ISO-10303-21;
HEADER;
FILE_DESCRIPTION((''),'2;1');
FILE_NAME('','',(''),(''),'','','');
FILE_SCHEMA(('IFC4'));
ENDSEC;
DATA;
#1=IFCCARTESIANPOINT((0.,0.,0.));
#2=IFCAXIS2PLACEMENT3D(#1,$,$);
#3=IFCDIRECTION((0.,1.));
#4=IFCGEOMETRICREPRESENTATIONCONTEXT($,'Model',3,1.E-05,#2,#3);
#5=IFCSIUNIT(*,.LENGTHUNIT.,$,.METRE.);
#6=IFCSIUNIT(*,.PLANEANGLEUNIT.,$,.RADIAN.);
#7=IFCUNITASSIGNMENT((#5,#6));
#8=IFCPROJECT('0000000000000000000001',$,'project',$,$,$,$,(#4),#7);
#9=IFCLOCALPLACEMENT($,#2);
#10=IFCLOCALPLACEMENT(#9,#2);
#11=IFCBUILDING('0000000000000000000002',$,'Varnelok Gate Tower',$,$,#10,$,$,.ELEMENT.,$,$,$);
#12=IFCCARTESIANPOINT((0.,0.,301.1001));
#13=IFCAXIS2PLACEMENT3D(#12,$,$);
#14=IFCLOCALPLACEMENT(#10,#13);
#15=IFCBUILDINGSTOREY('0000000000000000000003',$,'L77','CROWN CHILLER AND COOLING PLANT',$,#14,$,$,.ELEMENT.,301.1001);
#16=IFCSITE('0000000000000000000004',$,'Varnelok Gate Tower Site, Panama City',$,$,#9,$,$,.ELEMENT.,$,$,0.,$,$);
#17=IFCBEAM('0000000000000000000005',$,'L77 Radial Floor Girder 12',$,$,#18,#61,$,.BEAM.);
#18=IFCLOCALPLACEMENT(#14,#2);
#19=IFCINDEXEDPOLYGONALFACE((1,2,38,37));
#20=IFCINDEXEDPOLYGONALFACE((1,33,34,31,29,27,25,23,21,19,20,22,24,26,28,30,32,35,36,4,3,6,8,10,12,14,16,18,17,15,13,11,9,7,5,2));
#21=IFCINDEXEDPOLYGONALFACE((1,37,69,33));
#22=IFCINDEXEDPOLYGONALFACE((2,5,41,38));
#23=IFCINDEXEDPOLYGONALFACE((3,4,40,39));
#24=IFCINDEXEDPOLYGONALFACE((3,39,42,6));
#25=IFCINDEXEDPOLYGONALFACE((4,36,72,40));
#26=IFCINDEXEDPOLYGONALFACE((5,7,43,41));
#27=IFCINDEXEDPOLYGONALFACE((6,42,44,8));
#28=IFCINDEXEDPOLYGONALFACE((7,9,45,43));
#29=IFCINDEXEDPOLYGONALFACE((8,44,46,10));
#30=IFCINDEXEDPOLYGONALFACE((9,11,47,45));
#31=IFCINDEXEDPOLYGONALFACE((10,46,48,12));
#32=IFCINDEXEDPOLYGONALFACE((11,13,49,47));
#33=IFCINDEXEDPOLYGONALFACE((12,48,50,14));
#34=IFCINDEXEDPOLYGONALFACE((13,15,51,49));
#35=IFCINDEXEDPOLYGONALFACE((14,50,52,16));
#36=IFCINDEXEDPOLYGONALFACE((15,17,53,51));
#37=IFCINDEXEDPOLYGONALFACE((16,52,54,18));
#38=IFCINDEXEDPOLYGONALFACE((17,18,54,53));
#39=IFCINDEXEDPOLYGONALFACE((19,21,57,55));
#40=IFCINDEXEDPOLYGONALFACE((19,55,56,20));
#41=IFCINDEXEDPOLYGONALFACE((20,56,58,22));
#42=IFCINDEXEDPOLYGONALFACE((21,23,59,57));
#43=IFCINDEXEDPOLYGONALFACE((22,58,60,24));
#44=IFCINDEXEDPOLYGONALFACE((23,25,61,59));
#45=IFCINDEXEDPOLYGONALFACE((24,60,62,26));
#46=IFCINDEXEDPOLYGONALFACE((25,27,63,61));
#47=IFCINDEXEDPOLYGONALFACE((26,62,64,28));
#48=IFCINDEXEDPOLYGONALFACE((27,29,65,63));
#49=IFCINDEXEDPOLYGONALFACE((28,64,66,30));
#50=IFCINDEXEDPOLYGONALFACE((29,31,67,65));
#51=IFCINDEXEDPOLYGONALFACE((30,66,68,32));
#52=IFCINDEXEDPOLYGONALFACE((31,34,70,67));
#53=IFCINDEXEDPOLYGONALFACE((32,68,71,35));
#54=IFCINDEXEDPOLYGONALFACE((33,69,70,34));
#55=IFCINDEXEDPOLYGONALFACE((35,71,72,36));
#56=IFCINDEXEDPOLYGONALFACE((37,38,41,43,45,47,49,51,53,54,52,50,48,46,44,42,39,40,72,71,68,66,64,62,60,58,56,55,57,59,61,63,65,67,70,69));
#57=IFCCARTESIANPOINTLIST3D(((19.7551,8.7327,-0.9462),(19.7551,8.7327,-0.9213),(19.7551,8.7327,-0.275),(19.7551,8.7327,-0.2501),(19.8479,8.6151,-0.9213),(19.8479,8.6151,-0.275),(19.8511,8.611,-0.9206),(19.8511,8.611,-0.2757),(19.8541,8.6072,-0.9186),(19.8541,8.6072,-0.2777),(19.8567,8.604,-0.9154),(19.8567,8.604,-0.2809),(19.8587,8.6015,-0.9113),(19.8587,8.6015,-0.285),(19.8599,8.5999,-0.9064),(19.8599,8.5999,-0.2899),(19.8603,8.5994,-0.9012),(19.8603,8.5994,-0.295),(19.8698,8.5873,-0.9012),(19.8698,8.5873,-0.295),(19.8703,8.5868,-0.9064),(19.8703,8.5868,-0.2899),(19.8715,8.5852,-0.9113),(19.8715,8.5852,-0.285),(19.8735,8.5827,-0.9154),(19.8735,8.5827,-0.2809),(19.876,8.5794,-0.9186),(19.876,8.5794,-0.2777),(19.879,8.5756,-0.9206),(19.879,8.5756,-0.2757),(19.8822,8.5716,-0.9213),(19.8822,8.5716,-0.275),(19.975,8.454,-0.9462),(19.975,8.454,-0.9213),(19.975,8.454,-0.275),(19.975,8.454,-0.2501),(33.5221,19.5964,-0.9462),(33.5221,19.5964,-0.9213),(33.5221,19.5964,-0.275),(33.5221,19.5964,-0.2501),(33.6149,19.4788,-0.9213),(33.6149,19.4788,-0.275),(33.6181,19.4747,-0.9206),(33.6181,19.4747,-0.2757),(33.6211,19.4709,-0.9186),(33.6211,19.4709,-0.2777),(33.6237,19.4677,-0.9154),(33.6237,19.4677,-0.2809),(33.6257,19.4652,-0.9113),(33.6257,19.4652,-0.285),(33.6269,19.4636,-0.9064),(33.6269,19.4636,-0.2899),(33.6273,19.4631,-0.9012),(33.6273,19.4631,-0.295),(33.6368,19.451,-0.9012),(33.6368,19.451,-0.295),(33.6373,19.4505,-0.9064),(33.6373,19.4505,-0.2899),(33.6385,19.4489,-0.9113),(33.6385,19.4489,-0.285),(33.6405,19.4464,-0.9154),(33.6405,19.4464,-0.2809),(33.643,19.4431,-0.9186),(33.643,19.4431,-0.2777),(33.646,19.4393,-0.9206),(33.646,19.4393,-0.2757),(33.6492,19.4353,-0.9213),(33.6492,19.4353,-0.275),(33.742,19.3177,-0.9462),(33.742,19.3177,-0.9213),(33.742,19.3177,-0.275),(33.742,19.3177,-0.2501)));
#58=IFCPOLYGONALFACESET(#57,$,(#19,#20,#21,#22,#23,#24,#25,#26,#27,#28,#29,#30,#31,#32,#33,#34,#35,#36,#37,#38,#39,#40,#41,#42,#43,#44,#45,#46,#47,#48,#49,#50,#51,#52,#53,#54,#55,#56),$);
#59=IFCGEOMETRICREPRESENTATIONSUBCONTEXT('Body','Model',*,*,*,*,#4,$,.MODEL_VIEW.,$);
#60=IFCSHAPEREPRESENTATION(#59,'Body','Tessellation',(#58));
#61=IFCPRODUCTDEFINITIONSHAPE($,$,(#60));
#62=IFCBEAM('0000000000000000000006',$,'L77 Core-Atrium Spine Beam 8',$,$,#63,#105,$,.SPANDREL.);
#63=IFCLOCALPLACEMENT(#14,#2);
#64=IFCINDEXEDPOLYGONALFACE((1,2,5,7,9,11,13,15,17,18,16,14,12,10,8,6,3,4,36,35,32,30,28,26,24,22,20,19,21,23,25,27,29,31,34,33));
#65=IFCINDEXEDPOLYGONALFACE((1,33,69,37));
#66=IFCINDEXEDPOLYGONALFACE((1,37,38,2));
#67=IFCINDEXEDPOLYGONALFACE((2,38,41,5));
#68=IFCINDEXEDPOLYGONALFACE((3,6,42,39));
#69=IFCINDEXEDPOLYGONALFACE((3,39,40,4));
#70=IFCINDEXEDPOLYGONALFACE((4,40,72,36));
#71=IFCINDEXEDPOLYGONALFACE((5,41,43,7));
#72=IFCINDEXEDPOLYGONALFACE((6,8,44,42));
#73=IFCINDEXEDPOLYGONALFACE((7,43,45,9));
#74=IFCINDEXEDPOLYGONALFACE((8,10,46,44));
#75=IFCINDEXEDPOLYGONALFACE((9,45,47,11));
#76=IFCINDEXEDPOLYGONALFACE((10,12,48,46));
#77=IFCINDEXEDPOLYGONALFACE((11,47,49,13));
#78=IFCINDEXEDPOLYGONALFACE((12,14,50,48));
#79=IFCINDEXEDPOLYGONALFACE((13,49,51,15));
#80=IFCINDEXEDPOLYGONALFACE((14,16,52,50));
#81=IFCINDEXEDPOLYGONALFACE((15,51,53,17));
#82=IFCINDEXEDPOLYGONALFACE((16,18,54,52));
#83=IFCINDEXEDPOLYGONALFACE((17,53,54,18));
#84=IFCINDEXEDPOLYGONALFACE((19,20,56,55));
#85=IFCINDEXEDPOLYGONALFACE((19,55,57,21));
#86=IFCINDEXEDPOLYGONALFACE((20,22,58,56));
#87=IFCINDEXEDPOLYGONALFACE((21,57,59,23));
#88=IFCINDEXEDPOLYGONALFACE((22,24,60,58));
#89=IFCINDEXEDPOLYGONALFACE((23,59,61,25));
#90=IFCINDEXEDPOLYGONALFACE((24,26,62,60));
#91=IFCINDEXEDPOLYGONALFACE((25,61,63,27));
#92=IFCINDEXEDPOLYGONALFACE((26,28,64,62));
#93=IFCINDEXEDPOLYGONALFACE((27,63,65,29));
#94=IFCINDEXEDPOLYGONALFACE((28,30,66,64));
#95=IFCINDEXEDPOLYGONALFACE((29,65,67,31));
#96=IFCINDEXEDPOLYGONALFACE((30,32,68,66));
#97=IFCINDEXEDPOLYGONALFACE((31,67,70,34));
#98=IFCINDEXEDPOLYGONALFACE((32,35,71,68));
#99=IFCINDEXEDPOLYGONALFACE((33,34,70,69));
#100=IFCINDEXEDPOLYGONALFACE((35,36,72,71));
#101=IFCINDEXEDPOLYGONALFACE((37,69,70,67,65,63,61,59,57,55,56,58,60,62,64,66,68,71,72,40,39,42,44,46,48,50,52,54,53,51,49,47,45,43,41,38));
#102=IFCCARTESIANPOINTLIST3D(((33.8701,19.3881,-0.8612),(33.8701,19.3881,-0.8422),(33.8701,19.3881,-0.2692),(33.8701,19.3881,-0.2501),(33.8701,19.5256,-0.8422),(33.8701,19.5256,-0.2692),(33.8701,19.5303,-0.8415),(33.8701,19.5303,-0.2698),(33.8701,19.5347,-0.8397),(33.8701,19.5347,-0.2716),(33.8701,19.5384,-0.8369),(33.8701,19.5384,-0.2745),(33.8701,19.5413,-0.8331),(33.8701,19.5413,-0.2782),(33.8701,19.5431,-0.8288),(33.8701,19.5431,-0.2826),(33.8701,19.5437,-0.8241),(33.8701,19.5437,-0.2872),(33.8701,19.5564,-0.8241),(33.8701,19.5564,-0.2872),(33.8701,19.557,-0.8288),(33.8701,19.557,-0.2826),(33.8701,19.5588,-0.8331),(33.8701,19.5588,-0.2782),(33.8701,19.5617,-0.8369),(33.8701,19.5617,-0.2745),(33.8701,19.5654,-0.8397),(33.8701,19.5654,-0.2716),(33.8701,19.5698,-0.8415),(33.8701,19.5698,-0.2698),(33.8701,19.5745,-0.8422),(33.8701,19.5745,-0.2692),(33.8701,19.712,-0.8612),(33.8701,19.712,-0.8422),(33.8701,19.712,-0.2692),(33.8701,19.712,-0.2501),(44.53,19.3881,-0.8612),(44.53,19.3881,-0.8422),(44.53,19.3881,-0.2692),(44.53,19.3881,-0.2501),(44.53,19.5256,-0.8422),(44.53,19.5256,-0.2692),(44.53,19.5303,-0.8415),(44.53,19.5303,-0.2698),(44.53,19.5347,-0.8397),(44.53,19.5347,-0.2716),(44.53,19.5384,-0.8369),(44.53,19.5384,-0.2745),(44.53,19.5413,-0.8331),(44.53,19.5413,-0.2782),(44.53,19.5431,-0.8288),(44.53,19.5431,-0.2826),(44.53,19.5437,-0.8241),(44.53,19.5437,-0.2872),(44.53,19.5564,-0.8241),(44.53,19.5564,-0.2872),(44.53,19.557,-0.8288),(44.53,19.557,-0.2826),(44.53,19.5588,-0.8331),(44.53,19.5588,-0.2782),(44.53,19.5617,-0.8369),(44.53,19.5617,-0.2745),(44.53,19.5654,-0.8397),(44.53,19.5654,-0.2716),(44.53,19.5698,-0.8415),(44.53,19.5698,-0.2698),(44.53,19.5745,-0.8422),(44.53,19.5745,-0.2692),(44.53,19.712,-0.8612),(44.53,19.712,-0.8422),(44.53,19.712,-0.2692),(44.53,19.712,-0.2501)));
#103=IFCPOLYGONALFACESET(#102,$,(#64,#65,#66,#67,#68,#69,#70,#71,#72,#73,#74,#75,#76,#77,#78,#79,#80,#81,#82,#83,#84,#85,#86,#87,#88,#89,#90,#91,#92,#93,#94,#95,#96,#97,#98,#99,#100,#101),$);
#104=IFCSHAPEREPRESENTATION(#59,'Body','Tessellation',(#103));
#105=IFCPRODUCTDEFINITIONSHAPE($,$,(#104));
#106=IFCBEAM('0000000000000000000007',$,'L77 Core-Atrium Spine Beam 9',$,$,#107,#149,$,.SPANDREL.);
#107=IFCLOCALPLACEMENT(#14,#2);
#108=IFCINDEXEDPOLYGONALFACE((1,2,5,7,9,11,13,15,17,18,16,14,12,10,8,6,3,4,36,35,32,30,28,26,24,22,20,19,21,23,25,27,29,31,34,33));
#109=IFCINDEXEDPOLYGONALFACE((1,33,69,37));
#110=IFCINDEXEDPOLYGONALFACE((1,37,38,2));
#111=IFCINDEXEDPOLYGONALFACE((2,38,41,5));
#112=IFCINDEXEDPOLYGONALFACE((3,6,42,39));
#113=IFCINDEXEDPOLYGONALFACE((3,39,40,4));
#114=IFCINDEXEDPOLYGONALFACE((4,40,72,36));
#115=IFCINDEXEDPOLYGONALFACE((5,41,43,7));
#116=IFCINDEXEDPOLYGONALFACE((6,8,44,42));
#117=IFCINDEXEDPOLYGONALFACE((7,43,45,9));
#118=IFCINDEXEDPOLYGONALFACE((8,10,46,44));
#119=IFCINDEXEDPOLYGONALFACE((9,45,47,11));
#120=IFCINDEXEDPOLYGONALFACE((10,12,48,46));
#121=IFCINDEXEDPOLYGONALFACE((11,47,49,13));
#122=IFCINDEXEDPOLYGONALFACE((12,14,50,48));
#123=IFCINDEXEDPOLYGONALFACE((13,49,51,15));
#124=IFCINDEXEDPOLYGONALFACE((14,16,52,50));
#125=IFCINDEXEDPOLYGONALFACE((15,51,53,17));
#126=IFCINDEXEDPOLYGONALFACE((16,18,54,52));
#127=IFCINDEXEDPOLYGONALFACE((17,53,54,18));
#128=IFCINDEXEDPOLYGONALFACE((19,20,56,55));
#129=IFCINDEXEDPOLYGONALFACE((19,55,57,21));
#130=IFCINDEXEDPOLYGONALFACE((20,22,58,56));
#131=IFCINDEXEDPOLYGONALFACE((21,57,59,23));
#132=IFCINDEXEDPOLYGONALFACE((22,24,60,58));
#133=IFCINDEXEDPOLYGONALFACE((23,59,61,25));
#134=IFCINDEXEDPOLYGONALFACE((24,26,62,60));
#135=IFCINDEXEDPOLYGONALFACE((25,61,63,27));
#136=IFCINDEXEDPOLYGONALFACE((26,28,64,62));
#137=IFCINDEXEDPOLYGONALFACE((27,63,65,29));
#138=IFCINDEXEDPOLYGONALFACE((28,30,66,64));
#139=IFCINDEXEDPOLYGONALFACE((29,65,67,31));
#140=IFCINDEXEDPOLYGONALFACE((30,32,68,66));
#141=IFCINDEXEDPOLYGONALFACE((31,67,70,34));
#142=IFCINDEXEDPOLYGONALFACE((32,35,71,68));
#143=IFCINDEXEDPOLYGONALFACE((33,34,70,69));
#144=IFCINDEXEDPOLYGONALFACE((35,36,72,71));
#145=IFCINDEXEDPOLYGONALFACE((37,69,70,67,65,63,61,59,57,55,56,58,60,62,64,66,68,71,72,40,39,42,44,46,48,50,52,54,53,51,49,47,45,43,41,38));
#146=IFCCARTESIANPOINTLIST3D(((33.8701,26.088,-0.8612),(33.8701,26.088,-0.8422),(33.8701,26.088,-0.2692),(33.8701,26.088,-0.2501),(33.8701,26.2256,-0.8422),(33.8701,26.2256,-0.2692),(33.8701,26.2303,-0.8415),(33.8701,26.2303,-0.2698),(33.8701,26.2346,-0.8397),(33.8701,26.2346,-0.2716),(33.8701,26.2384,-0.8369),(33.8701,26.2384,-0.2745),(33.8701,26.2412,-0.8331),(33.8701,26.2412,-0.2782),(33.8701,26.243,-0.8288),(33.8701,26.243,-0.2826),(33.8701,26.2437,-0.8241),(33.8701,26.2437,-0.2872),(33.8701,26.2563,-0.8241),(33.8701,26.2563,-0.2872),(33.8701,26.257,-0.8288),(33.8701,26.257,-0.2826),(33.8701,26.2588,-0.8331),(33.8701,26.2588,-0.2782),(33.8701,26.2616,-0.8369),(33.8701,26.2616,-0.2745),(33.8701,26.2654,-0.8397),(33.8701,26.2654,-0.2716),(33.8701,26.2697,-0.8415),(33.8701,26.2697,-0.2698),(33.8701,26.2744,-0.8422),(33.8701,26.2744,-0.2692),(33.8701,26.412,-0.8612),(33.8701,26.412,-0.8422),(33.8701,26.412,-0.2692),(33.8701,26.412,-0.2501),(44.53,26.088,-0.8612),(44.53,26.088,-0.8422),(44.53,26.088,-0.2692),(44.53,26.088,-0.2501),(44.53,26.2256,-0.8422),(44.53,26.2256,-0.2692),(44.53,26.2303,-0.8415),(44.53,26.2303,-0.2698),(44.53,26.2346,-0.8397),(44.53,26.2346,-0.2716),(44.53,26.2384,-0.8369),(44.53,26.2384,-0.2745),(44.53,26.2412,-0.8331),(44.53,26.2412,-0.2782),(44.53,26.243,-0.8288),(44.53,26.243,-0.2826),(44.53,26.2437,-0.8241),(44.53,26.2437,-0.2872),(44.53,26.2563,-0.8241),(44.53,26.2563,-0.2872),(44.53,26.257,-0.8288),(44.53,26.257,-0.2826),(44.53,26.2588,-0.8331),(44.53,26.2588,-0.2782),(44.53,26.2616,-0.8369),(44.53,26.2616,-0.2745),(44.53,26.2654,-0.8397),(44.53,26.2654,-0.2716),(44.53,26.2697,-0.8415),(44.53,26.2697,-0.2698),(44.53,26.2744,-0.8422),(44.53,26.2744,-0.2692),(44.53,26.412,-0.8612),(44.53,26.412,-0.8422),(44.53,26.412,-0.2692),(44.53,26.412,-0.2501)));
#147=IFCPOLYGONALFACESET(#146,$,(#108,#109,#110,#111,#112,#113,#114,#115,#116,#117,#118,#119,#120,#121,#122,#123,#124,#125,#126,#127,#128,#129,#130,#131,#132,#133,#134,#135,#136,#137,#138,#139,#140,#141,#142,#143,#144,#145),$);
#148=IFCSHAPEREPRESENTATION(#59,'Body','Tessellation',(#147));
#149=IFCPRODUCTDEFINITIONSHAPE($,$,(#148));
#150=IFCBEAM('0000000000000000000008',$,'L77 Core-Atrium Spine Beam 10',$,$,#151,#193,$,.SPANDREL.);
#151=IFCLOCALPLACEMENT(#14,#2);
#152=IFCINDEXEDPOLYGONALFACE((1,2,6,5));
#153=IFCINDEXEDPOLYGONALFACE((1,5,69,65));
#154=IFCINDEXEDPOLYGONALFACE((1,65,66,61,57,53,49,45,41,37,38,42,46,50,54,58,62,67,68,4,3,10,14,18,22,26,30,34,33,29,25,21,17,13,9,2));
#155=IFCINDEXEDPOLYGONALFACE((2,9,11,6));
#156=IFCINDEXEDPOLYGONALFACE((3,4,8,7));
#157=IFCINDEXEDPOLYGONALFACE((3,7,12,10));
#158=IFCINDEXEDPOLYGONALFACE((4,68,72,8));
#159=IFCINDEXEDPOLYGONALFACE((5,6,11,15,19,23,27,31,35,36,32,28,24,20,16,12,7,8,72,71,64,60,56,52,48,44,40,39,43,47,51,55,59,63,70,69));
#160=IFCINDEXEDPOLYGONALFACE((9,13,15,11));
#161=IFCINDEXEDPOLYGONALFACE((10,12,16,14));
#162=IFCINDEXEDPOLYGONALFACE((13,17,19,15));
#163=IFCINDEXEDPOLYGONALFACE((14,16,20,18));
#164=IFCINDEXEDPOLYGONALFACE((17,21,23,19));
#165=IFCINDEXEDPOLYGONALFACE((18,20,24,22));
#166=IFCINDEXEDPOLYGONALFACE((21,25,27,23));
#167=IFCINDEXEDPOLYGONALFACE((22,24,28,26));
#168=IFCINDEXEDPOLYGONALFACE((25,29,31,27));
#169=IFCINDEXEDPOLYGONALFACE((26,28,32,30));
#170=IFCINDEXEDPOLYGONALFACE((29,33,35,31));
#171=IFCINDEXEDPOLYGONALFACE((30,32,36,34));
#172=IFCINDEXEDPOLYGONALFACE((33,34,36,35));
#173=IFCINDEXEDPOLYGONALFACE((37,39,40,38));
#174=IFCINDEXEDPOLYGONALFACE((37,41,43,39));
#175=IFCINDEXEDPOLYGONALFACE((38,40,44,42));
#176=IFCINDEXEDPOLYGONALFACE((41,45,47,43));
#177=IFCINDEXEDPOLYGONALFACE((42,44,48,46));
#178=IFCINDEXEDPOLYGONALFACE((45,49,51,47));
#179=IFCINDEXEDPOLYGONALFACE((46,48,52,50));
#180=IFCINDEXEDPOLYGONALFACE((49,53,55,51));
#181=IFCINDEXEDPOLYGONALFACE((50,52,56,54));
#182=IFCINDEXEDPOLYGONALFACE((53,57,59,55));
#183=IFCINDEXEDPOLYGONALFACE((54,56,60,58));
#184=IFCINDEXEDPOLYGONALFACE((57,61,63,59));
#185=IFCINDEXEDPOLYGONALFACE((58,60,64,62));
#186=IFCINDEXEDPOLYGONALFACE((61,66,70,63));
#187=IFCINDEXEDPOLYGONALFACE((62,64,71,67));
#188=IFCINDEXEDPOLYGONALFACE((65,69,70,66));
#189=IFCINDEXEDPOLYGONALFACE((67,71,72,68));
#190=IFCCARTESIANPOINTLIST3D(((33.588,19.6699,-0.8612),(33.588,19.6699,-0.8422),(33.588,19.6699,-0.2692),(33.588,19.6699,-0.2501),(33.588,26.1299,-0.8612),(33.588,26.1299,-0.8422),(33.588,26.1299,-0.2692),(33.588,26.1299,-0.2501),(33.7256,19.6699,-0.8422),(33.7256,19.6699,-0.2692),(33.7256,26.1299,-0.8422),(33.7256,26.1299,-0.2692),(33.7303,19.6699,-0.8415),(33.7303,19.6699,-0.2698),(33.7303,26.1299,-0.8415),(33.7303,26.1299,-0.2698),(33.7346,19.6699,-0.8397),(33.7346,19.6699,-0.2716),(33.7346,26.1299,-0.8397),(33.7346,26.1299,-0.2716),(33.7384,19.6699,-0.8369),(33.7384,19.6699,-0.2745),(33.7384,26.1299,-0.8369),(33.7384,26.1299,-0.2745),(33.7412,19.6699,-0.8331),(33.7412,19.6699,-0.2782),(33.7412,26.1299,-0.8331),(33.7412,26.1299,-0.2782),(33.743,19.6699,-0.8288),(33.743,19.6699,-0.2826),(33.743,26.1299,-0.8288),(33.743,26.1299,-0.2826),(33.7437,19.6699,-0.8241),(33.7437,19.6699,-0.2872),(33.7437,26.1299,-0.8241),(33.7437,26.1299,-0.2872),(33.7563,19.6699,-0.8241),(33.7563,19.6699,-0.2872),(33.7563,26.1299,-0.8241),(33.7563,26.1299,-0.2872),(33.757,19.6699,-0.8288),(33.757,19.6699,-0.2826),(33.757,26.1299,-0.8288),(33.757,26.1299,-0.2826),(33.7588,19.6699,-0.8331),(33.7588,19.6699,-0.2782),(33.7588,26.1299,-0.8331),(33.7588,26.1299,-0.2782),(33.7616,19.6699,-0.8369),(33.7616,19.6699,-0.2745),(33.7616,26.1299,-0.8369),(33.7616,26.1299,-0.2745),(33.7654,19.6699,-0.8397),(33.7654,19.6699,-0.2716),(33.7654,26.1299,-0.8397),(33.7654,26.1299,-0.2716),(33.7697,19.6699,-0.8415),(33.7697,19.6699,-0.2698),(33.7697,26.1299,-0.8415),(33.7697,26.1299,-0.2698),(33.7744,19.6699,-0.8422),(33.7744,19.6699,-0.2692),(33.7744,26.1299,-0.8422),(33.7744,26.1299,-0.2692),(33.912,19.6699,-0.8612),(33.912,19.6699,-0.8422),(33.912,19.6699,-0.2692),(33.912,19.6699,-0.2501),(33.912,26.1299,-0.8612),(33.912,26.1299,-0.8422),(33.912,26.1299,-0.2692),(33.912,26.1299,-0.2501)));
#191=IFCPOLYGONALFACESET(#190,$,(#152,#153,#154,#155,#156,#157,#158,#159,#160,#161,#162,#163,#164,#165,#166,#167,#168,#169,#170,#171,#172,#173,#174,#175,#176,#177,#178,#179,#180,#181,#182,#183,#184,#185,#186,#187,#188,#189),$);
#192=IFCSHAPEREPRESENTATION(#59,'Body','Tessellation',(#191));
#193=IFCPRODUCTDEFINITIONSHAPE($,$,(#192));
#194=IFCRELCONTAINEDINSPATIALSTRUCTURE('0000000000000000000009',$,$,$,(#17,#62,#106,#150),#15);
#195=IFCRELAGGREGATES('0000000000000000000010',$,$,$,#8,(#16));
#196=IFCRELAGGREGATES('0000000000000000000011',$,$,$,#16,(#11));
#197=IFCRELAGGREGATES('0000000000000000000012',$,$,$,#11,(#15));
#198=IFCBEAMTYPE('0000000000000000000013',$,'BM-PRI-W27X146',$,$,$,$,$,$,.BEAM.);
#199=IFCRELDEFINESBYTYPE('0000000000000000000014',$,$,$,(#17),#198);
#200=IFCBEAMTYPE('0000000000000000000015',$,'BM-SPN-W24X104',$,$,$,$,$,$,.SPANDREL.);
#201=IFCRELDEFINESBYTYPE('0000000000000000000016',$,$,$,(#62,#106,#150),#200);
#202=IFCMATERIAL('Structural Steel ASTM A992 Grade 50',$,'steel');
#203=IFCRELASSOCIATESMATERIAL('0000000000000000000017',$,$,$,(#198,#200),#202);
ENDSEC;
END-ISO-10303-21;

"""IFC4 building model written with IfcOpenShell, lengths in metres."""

from ifc_helpers import new_model, si_unit, direction, frame, origin, origin_2d, place, context, subcontext, project, spatial, i_section, extrude, material, material_profile, profile_set, type_object, element, save


model = new_model("IFC4")

# Units and contexts
model_context = context("Model", 3, precision=1e-05, world=origin(), true_north=direction((0.0, 1.0)))
body_context = subcontext(model_context, "Body", "Model", "MODEL_VIEW")
ifc_project = project(units=[si_unit("LENGTHUNIT", "METRE"), si_unit("PLANEANGLEUNIT", "RADIAN")], contexts=[model_context])

# Site, building, storey
site_placement = place(None, origin())
site = spatial("IfcSite", under=ifc_project, at=site_placement, Name="Varnelok Gate Tower Site, Panama City", CompositionType="ELEMENT", RefElevation=0.0)
building_placement = place(site_placement, origin())
building = spatial("IfcBuilding", under=site, at=building_placement, Name="Varnelok Gate Tower", CompositionType="ELEMENT")
storey_placement = place(building_placement, frame((0.0, 0.0, 301.1001)))
storey = spatial("IfcBuildingStorey", under=building, at=storey_placement, Name="L77", Description="CROWN CHILLER AND COOLING PLANT", CompositionType="ELEMENT", Elevation=301.1001)

# Shared definitions
ifc_material_1 = material(Name="Structural Steel ASTM A992 Grade 50", Category="steel")

# Beams
ifc_material_profile_1 = material_profile(ifc_material_1, i_section(OverallWidth=0.355, OverallDepth=0.696, WebThickness=0.0154, FlangeThickness=0.0249, FilletRadius=0.02, at=origin_2d()), Name="W27X146")
ifc_profile_set_1 = profile_set([ifc_material_profile_1], Name="Structural Steel ASTM A992 Grade 50")
beam_type_1 = type_object("IfcBeamType", Name="BM-PRI-W27X146", PredefinedType="BEAM", material=ifc_profile_set_1)
beam_1_placement = place(storey_placement, frame((33.6321, 19.457, -0.5981), z_axis=(-0.785021, -0.619469, 0.0), x_axis=(0.619469, -0.785021, 0.0)))
element("IfcBeam", 1, at=beam_1_placement, inside=storey, type_object=beam_type_1, Name="L77 Radial Floor Girder 12", PredefinedType="BEAM", context=body_context, shape_type="SweptSolid", body=[
    extrude(i_section(OverallWidth=0.355, OverallDepth=0.696, WebThickness=0.0154, FlangeThickness=0.0249, FilletRadius=0.02, at=origin_2d()), origin(), (0.0, 0.0, 1.0), 17.5371),
])
ifc_material_profile_2 = material_profile(ifc_material_1, i_section(OverallWidth=0.324, OverallDepth=0.6111, WebThickness=0.0127, FlangeThickness=0.019, FilletRadius=0.0181, at=origin_2d()), Name="W24X104")
ifc_profile_set_2 = profile_set([ifc_material_profile_2], Name="Structural Steel ASTM A992 Grade 50")
beam_type_2 = type_object("IfcBeamType", Name="BM-SPN-W24X104", PredefinedType="SPANDREL", material=ifc_profile_set_2)
for number, where, z_axis, x_axis, name in (
    (2, (33.8701, 19.55, -0.5557), (1.0, 0.0, 0.0), (0.0, 1.0, 0.0), "L77 Core-Atrium Spine Beam 8"),
    (3, (33.8701, 26.25, -0.5557), (1.0, 0.0, 0.0), (0.0, 1.0, 0.0), "L77 Core-Atrium Spine Beam 9"),
):
    element("IfcBeam", number, at=place(storey_placement, frame(where, z_axis=z_axis, x_axis=x_axis)), inside=storey, type_object=beam_type_2, Name=name, PredefinedType="SPANDREL", context=body_context, shape_type="SweptSolid", body=[
        extrude(i_section(OverallWidth=0.324, OverallDepth=0.6111, WebThickness=0.0127, FlangeThickness=0.019, FilletRadius=0.0181, at=origin_2d()), origin(), (0.0, 0.0, 1.0), 10.6599),
    ])
beam_2_placement = place(storey_placement, frame((33.75, 19.6699, -0.5557), z_axis=(0.0, 1.0, 0.0), x_axis=(-1.0, 0.0, 0.0)))
element("IfcBeam", 4, at=beam_2_placement, inside=storey, type_object=beam_type_2, Name="L77 Core-Atrium Spine Beam 10", PredefinedType="SPANDREL", context=body_context, shape_type="SweptSolid", body=[
    extrude(i_section(OverallWidth=0.324, OverallDepth=0.6111, WebThickness=0.0127, FlangeThickness=0.019, FilletRadius=0.0181, at=origin_2d()), origin(), (0.0, 0.0, 1.0), 6.46),
])

save(model, "model.ifc")
